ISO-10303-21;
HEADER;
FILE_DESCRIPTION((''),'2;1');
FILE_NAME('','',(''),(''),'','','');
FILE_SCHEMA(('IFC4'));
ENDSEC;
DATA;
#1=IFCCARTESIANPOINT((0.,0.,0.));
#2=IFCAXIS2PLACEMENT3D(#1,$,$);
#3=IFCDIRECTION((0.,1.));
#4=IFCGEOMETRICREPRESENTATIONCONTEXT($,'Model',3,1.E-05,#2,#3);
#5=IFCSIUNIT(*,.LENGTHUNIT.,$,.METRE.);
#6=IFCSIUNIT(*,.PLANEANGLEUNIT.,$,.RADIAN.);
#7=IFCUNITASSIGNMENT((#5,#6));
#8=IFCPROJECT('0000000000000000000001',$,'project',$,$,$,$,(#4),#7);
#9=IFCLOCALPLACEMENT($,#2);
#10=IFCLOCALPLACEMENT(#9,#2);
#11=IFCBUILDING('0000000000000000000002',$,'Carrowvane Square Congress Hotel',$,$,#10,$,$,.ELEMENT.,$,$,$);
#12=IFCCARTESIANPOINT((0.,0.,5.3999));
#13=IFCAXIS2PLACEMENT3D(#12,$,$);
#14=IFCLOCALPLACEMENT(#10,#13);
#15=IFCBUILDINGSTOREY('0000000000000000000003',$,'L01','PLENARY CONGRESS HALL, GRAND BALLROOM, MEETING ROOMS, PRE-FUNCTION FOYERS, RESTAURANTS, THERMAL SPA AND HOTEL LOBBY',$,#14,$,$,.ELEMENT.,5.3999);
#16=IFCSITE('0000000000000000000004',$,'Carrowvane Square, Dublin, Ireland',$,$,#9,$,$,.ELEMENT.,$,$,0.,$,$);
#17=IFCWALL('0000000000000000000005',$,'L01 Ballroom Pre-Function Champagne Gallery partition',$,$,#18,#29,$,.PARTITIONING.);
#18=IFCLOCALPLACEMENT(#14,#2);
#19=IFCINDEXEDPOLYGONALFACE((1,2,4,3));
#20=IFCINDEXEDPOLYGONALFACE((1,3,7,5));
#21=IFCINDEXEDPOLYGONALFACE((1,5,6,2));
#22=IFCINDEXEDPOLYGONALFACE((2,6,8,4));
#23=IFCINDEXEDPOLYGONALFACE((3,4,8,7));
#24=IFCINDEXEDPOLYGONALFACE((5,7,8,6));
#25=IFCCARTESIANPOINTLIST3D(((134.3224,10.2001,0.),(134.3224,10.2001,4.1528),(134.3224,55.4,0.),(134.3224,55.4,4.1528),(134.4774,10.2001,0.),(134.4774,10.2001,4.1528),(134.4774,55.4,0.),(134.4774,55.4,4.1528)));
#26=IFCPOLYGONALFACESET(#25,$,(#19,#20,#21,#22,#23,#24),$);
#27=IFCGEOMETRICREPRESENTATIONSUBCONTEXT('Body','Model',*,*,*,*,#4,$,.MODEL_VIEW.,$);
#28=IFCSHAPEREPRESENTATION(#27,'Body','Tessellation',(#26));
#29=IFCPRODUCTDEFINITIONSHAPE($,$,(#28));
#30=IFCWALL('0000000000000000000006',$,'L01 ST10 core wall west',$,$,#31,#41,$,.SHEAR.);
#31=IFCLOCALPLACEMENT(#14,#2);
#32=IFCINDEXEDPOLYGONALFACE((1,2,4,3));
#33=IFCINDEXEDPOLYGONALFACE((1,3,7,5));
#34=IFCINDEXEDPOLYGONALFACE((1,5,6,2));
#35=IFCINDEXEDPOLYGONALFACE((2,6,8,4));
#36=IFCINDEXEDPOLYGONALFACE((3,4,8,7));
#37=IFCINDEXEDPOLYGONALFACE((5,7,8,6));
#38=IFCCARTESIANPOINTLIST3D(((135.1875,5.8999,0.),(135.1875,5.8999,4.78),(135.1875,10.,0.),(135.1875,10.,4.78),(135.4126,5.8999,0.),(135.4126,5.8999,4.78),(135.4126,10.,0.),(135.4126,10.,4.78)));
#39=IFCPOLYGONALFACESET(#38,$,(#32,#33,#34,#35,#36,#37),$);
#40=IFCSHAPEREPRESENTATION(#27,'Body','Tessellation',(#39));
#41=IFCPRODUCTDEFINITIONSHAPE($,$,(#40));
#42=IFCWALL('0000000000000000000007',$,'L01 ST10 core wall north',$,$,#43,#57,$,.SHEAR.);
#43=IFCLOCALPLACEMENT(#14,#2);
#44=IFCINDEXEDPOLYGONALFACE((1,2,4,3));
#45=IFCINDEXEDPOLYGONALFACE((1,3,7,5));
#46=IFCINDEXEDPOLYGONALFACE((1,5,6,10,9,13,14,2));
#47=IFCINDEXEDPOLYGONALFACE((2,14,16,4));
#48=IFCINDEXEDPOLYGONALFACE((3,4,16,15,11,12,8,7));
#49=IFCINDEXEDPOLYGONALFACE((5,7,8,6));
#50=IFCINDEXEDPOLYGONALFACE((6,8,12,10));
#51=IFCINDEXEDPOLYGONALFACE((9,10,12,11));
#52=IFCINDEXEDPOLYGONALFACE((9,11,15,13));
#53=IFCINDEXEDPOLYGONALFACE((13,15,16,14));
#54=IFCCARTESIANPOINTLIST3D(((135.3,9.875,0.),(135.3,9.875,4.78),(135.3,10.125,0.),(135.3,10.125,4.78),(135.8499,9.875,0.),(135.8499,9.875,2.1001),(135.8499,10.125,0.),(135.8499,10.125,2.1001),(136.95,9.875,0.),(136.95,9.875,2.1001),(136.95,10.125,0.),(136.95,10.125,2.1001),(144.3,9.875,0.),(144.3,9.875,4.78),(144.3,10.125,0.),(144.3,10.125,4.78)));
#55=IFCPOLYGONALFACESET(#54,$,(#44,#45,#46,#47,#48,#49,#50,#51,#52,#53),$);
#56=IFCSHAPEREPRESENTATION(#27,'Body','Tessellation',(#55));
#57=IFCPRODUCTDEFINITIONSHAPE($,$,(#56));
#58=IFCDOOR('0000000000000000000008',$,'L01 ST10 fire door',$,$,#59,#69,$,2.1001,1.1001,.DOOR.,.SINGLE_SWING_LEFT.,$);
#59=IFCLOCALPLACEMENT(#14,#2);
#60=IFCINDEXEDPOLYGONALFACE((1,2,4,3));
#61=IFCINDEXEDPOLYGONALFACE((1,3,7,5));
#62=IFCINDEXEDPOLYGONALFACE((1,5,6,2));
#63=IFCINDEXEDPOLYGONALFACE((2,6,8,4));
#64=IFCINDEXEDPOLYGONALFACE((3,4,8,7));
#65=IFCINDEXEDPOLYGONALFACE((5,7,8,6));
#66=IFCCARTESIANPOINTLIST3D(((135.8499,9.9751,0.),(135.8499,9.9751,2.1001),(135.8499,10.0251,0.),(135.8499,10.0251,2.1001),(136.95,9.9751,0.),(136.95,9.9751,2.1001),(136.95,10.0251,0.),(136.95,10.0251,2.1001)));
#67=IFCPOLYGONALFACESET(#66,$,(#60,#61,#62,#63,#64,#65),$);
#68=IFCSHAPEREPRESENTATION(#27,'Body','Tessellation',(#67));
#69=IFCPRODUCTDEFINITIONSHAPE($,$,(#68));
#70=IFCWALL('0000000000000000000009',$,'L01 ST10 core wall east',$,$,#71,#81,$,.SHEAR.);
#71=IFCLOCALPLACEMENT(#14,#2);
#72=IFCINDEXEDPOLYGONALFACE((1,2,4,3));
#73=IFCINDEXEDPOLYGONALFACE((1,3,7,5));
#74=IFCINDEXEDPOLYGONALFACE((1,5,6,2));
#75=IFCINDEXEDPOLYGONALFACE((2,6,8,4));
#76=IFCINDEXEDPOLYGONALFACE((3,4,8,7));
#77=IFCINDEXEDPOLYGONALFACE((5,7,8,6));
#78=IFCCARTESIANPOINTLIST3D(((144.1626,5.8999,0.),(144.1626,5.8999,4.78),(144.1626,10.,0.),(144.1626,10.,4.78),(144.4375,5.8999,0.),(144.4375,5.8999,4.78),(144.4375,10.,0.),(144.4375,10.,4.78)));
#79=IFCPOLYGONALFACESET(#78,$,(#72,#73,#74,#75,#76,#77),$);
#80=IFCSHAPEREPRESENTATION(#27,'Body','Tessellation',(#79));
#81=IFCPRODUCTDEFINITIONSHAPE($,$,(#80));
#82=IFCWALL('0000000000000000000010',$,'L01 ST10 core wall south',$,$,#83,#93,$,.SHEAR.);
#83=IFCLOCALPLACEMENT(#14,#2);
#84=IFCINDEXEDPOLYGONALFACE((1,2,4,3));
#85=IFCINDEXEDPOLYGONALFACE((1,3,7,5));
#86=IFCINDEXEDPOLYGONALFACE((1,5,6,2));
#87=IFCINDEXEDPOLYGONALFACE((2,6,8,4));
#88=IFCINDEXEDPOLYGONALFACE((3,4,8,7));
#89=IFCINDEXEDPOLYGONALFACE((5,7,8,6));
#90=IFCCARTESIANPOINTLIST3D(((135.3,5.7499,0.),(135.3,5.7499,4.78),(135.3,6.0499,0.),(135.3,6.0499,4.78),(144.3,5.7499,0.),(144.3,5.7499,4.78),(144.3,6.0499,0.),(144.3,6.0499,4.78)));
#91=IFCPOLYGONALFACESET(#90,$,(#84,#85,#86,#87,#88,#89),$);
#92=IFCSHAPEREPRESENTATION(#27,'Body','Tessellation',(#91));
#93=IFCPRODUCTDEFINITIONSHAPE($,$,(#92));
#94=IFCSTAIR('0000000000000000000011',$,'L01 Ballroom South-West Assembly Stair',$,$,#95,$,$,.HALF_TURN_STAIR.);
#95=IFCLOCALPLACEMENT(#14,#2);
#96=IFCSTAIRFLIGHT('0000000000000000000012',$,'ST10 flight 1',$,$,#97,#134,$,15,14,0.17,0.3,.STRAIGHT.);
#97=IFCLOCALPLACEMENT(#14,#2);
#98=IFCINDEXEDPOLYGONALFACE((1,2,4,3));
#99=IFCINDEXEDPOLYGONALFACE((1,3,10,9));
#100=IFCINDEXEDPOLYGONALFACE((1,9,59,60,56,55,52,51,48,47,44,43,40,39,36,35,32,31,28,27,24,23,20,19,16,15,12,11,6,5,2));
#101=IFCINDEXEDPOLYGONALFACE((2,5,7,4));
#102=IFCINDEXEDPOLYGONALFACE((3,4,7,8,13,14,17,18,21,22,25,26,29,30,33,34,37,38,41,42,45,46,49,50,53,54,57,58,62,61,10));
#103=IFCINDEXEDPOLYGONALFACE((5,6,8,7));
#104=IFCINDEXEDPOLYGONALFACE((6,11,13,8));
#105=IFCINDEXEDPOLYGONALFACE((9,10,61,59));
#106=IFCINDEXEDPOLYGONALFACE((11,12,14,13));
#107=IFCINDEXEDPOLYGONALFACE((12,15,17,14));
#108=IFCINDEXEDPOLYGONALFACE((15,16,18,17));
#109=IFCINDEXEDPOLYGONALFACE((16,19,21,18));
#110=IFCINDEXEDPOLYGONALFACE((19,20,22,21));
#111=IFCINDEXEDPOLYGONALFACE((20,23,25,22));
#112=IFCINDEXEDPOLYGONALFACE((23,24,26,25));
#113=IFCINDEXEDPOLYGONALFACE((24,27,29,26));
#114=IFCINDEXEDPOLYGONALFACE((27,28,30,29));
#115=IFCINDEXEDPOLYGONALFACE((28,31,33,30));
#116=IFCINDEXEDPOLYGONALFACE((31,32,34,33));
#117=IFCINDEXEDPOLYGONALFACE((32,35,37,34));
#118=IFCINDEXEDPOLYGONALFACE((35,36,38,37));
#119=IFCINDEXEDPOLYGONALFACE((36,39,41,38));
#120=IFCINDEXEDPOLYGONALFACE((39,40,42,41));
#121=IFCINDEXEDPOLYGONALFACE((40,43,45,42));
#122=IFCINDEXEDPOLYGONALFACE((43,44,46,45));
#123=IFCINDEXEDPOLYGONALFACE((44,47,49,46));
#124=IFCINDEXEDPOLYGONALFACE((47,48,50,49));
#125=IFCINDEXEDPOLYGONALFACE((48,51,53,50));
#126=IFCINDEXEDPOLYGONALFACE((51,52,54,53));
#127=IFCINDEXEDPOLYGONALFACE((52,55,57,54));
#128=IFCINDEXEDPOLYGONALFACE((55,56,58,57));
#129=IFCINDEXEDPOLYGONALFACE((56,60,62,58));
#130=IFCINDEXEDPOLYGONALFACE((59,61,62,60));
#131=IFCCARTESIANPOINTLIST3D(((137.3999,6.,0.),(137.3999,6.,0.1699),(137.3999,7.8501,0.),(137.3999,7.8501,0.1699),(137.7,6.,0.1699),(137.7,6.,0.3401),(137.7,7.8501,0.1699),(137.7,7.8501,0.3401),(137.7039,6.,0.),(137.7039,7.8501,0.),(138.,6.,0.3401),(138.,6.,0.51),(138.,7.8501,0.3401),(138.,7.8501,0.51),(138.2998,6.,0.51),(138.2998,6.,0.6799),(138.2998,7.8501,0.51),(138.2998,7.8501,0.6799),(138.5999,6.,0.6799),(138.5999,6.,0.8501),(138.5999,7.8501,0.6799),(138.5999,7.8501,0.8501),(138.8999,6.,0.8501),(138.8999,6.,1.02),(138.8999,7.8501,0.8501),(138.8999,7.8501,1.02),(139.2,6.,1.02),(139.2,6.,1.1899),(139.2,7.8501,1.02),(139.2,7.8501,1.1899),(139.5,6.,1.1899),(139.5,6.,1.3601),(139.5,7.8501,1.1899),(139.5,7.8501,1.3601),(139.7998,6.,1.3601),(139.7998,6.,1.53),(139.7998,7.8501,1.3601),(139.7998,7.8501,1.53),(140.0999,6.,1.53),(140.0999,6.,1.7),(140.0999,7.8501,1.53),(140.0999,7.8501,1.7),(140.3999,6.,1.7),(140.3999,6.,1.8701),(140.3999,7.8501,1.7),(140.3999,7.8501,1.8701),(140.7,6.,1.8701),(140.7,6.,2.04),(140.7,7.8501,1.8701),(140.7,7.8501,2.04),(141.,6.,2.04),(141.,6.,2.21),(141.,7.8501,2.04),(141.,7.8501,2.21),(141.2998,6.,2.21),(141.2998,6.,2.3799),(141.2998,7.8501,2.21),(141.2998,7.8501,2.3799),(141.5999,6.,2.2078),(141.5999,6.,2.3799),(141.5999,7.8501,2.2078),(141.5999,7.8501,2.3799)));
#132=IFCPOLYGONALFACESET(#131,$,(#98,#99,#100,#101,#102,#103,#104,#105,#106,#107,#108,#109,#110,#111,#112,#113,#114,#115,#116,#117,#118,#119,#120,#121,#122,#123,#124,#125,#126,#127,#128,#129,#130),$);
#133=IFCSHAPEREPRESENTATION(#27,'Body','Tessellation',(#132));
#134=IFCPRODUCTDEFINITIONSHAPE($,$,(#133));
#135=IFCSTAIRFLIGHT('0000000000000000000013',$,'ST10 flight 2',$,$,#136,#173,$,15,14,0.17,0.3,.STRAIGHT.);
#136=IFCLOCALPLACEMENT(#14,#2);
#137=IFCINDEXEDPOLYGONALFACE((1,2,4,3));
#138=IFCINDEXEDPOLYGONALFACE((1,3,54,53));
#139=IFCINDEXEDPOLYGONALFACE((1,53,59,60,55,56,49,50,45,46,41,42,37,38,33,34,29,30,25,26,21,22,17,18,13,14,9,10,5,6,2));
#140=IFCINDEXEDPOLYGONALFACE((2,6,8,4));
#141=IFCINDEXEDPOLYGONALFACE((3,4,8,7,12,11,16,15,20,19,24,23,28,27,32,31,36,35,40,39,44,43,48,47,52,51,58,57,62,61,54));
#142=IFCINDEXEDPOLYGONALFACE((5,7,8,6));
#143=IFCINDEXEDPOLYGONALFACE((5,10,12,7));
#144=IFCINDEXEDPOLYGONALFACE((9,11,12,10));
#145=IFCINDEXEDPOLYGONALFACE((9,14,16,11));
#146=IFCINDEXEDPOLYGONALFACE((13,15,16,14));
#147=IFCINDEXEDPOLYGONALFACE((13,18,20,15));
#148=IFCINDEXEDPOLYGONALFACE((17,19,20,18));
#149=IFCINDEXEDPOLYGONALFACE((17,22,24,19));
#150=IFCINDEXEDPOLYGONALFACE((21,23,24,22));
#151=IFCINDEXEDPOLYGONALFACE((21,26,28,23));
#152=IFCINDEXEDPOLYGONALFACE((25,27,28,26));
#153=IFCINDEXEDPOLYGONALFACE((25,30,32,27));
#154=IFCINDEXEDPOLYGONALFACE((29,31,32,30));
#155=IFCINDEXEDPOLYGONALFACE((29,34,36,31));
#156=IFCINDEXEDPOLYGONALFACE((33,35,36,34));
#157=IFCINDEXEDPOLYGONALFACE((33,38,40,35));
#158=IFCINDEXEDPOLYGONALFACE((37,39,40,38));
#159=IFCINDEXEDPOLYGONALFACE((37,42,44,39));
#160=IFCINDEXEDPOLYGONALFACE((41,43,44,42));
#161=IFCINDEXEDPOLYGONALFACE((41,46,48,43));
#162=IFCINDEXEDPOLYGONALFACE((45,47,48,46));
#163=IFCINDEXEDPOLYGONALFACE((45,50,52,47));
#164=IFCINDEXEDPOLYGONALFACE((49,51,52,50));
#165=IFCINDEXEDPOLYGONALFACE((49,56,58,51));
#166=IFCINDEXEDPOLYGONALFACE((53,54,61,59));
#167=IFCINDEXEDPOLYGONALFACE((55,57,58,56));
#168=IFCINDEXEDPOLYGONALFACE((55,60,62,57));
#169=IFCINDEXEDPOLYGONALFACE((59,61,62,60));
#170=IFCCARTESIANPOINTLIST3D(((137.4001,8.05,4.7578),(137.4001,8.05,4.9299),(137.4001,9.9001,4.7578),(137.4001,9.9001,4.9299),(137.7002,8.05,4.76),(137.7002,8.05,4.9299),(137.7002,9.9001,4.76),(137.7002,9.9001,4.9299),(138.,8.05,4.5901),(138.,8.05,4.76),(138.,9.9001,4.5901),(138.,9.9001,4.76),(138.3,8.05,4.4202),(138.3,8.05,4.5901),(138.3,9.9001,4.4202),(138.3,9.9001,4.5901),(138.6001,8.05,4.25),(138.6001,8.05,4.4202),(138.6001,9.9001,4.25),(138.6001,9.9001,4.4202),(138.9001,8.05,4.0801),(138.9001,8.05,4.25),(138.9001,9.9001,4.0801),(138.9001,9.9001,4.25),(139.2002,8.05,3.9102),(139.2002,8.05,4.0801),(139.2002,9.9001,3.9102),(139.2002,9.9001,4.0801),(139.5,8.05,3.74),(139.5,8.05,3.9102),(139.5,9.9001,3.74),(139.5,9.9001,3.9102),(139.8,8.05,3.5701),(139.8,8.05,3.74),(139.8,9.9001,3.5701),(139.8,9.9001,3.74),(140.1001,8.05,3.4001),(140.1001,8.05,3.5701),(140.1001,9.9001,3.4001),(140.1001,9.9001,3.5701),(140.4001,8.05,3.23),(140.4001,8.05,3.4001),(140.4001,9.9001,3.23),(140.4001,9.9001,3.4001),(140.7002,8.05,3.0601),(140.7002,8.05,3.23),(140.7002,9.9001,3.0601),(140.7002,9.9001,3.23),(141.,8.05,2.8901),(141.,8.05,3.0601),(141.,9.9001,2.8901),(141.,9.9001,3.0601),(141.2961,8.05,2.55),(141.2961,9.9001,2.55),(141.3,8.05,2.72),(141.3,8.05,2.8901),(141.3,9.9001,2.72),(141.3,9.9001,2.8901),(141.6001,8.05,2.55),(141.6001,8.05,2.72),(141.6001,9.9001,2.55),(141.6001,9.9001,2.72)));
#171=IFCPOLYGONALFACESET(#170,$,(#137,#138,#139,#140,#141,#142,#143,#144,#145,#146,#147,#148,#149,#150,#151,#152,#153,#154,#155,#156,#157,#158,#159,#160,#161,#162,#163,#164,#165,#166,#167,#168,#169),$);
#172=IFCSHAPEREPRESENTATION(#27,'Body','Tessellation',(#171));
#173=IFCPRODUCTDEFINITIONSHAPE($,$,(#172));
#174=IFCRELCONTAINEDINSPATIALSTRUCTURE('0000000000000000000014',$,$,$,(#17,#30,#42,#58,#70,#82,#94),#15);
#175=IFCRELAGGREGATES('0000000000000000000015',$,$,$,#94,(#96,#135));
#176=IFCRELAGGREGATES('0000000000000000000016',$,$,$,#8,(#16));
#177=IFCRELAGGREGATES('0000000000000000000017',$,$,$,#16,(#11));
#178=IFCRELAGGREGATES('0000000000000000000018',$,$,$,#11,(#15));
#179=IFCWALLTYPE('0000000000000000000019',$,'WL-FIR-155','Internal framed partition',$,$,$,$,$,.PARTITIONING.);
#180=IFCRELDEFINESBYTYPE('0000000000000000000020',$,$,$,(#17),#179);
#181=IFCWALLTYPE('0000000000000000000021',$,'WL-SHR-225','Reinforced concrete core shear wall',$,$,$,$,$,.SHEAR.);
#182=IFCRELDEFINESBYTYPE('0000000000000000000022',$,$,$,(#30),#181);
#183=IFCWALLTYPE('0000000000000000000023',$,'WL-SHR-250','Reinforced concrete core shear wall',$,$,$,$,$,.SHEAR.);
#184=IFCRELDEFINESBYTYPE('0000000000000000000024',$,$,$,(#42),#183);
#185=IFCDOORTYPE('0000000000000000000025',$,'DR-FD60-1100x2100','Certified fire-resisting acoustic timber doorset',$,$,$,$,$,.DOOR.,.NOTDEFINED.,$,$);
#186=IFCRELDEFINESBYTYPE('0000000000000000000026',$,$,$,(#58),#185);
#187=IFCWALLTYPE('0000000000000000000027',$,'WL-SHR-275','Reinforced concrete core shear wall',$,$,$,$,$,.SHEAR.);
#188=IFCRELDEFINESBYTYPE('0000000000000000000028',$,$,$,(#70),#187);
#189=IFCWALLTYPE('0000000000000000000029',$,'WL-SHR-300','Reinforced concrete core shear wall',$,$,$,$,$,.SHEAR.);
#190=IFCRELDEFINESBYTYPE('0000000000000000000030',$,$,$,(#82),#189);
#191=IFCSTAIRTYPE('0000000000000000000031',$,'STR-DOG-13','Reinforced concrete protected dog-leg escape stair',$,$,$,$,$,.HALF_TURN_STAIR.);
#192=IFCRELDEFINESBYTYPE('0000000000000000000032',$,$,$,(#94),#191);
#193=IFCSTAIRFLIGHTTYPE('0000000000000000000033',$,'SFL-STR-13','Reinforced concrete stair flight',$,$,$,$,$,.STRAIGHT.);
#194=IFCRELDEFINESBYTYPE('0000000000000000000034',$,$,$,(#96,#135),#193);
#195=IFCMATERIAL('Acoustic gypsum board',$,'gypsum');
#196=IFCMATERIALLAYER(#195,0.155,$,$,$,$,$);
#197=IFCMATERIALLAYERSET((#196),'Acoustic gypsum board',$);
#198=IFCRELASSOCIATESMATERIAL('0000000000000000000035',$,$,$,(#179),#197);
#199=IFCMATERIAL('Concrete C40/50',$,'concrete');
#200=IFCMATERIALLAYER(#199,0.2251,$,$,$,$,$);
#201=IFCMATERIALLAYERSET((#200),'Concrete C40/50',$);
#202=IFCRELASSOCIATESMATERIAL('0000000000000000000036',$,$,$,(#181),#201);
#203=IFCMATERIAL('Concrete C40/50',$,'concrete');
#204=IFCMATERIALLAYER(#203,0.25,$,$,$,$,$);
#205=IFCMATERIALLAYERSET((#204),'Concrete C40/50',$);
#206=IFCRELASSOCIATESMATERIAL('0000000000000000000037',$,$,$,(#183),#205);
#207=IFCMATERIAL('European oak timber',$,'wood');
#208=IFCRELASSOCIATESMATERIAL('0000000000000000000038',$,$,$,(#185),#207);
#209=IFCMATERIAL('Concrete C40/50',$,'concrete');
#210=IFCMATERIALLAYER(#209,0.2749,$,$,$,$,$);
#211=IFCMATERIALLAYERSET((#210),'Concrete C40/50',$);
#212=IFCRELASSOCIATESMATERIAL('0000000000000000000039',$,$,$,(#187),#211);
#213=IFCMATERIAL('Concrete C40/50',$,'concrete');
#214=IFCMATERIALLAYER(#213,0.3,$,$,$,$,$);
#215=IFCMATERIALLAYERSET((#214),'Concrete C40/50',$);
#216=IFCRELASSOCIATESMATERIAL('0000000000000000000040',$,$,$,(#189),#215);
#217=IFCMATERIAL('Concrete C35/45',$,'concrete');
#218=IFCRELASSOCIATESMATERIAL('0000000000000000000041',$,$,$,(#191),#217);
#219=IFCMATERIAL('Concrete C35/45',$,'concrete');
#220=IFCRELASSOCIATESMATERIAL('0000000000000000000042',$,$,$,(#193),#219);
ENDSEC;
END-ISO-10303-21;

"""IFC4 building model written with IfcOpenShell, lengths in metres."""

from ifc_helpers import new_model, si_unit, direction, frame, frame_2d, origin, place, context, subcontext, project, spatial, polyline, rectangle, outline, extrude, material, layer, layer_set, type_object, element, fill, aggregate, save


model = new_model("IFC4")

# Units and contexts
model_context = context("Model", 3, precision=1e-05, world=origin(), true_north=direction((0.0, 1.0)))
body_context = subcontext(model_context, "Body", "Model", "MODEL_VIEW")
ifc_project = project(units=[si_unit("LENGTHUNIT", "METRE"), si_unit("PLANEANGLEUNIT", "RADIAN")], contexts=[model_context])

# Site, building, storey
site_placement = place(None, origin())
site = spatial("IfcSite", under=ifc_project, at=site_placement, Name="Carrowvane Square, Dublin, Ireland", CompositionType="ELEMENT", RefElevation=0.0)
building_placement = place(site_placement, origin())
building = spatial("IfcBuilding", under=site, at=building_placement, Name="Carrowvane Square Congress Hotel", CompositionType="ELEMENT")
storey_placement = place(building_placement, frame((0.0, 0.0, 5.3999)))
storey = spatial("IfcBuildingStorey", under=building, at=storey_placement, Name="L01", Description="PLENARY CONGRESS HALL, GRAND BALLROOM, MEETING ROOMS, PRE-FUNCTION FOYERS, RESTAURANTS, THERMAL SPA AND HOTEL LOBBY", CompositionType="ELEMENT", Elevation=5.3999)

# Walls
ifc_material_1 = material(Name="Acoustic gypsum board", Category="gypsum")
ifc_layer_1 = layer(ifc_material_1, 0.155)
ifc_layer_set_1 = layer_set([ifc_layer_1], Name="Acoustic gypsum board")
wall_type_1 = type_object("IfcWallType", Name="WL-FIR-155", Description="Internal framed partition", PredefinedType="PARTITIONING", material=ifc_layer_set_1)
wall_1_placement = place(storey_placement, frame((134.3999, 10.2, 0.0), z_axis=(0.0, 0.0, 1.0), x_axis=(0.0, 1.0, 0.0)))
element("IfcWall", 1, at=wall_1_placement, inside=storey, type_object=wall_type_1, Name="L01 Ballroom Pre-Function Champagne Gallery partition", PredefinedType="PARTITIONING", context=body_context, shape_type="SweptSolid", body=[
    extrude(rectangle(XDim=45.2, YDim=0.155, at=frame_2d((22.6001, 0.0))), origin(), (0.0, 0.0, 1.0), 4.1528),
])
ifc_material_2 = material(Name="Concrete C40/50", Category="concrete")
ifc_layer_2 = layer(ifc_material_2, 0.2251)
ifc_layer_set_2 = layer_set([ifc_layer_2], Name="Concrete C40/50")
wall_type_2 = type_object("IfcWallType", Name="WL-SHR-225", Description="Reinforced concrete core shear wall", PredefinedType="SHEAR", material=ifc_layer_set_2)
wall_2_placement = place(storey_placement, frame((135.3, 10.0, 0.0), z_axis=(0.0, 0.0, 1.0), x_axis=(0.0, -1.0, 0.0)))
element("IfcWall", 2, at=wall_2_placement, inside=storey, type_object=wall_type_2, Name="L01 ST10 core wall west", PredefinedType="SHEAR", context=body_context, shape_type="SweptSolid", body=[
    extrude(rectangle(XDim=4.1001, YDim=0.2251, at=frame_2d((2.05, 0.0))), origin(), (0.0, 0.0, 1.0), 4.78),
])

# Wall, opening, door
ifc_material_3 = material(Name="Concrete C40/50", Category="concrete")
ifc_layer_3 = layer(ifc_material_3, 0.25)
ifc_layer_set_3 = layer_set([ifc_layer_3], Name="Concrete C40/50")
wall_type_3 = type_object("IfcWallType", Name="WL-SHR-250", Description="Reinforced concrete core shear wall", PredefinedType="SHEAR", material=ifc_layer_set_3)
wall_3_placement = place(storey_placement, frame((144.3, 10.0, 0.0), z_axis=(0.0, 0.0, 1.0), x_axis=(-1.0, 0.0, 0.0)))
wall_3 = element("IfcWall", 3, at=wall_3_placement, inside=storey, type_object=wall_type_3, Name="L01 ST10 core wall north", PredefinedType="SHEAR", context=body_context, shape_type="SweptSolid", body=[
    extrude(rectangle(XDim=9.0, YDim=0.25, at=frame_2d((4.5, 0.0))), origin(), (0.0, 0.0, 1.0), 4.78),
])
opening_1_placement = place(wall_3_placement, frame((7.3501, 0.0, 0.0)))
opening_1 = element("IfcOpeningElement", 4, at=opening_1_placement, cuts=wall_3, PredefinedType="OPENING", context=body_context, shape_type="SweptSolid", body=[
    extrude(rectangle(XDim=1.1001, YDim=2.1001, at=frame_2d((0.55, 1.05))), frame((0.0, 0.135, 0.0), z_axis=(0.0, -1.0, 0.0), x_axis=(1.0, 0.0, 0.0)), (0.0, 0.0, 1.0), 0.27),
])
ifc_material_4 = material(Name="European oak timber", Category="wood")
door_type = type_object("IfcDoorType", Name="DR-FD60-1100x2100", Description="Certified fire-resisting acoustic timber doorset", OperationType="NOTDEFINED", PredefinedType="DOOR", material=ifc_material_4)
door_placement = place(opening_1_placement, origin())
door = element("IfcDoor", 5, at=door_placement, inside=storey, type_object=door_type, Name="L01 ST10 fire door", OperationType="SINGLE_SWING_LEFT", OverallHeight=2.1001, OverallWidth=1.1001, PredefinedType="DOOR", context=body_context, shape_type="SweptSolid", body=[
    extrude(rectangle(XDim=1.1001, YDim=2.1001, at=frame_2d((0.55, 1.05))), frame((0.0, 0.0249, 0.0), z_axis=(0.0, -1.0, 0.0), x_axis=(1.0, 0.0, 0.0)), (0.0, 0.0, 1.0), 0.05),
])
fill(opening_1, door)

# Walls
ifc_material_5 = material(Name="Concrete C40/50", Category="concrete")
ifc_layer_4 = layer(ifc_material_5, 0.2749)
ifc_layer_set_4 = layer_set([ifc_layer_4], Name="Concrete C40/50")
wall_type_4 = type_object("IfcWallType", Name="WL-SHR-275", Description="Reinforced concrete core shear wall", PredefinedType="SHEAR", material=ifc_layer_set_4)
wall_4_placement = place(storey_placement, frame((144.3, 5.8999, 0.0), z_axis=(0.0, 0.0, 1.0), x_axis=(0.0, 1.0, 0.0)))
element("IfcWall", 6, at=wall_4_placement, inside=storey, type_object=wall_type_4, Name="L01 ST10 core wall east", PredefinedType="SHEAR", context=body_context, shape_type="SweptSolid", body=[
    extrude(rectangle(XDim=4.1001, YDim=0.2749, at=frame_2d((2.05, 0.0))), origin(), (0.0, 0.0, 1.0), 4.78),
])
ifc_material_6 = material(Name="Concrete C40/50", Category="concrete")
ifc_layer_5 = layer(ifc_material_6, 0.3)
ifc_layer_set_5 = layer_set([ifc_layer_5], Name="Concrete C40/50")
wall_type_5 = type_object("IfcWallType", Name="WL-SHR-300", Description="Reinforced concrete core shear wall", PredefinedType="SHEAR", material=ifc_layer_set_5)
wall_5_placement = place(storey_placement, frame((135.3, 5.8999, 0.0), z_axis=(0.0, 0.0, 1.0), x_axis=(1.0, 0.0, 0.0)))
element("IfcWall", 7, at=wall_5_placement, inside=storey, type_object=wall_type_5, Name="L01 ST10 core wall south", PredefinedType="SHEAR", context=body_context, shape_type="SweptSolid", body=[
    extrude(rectangle(XDim=9.0, YDim=0.3, at=frame_2d((4.5, 0.0))), origin(), (0.0, 0.0, 1.0), 4.78),
])

# Stair, stair flights
ifc_material_7 = material(Name="Concrete C35/45", Category="concrete")
stair_type = type_object("IfcStairType", Name="STR-DOG-13", Description="Reinforced concrete protected dog-leg escape stair", PredefinedType="HALF_TURN_STAIR", material=ifc_material_7)
stair_placement = place(storey_placement, origin())
stair = element("IfcStair", 8, at=stair_placement, inside=storey, type_object=stair_type, Name="L01 Ballroom South-West Assembly Stair", PredefinedType="HALF_TURN_STAIR")
ifc_material_8 = material(Name="Concrete C35/45", Category="concrete")
stair_flight_type = type_object("IfcStairFlightType", Name="SFL-STR-13", Description="Reinforced concrete stair flight", PredefinedType="STRAIGHT", material=ifc_material_8)
stair_flight_1_placement = place(storey_placement, frame((137.3999, 6.925, 0.0), z_axis=(0.0, 0.0, 1.0), x_axis=(1.0, 0.0, 0.0)))
stair_flight_1 = element("IfcStairFlight", 9, at=stair_flight_1_placement, type_object=stair_flight_type, Name="ST10 flight 1", NumberOfRisers=15, NumberOfTreads=14, PredefinedType="STRAIGHT", RiserHeight=0.17, TreadLength=0.3, context=body_context, shape_type="SweptSolid", body=[
    extrude(outline(polyline([(0.0, 0.0), (0.0, 0.1699), (0.3, 0.1699), (0.3, 0.3401), (0.6001, 0.3401), (0.6001, 0.51), (0.8999, 0.51), (0.8999, 0.6799), (1.2, 0.6799), (1.2, 0.8501), (1.5, 0.8501), (1.5, 1.02), (1.8, 1.02), (1.8, 1.1899), (2.1001, 1.1899), (2.1001, 1.3601), (2.3999, 1.3601), (2.3999, 1.53), (2.7, 1.53), (2.7, 1.7), (3.0, 1.7), (3.0, 1.8701), (3.3, 1.8701), (3.3, 2.04), (3.6001, 2.04), (3.6001, 2.21), (3.8999, 2.21), (3.8999, 2.3799), (4.2, 2.3799), (4.2, 2.55), (4.2, 2.2078), (0.304, 0.0), (0.0, 0.0)])), frame((0.0, 0.925, 0.0), z_axis=(0.0, -1.0, 0.0), x_axis=(1.0, 0.0, 0.0)), (0.0, 0.0, 1.0), 1.8501),
])
stair_flight_2_placement = place(storey_placement, frame((141.6001, 8.9751, 2.55), z_axis=(0.0, 0.0, 1.0), x_axis=(-1.0, 0.0, 0.0)))
stair_flight_2 = element("IfcStairFlight", 10, at=stair_flight_2_placement, type_object=stair_flight_type, Name="ST10 flight 2", NumberOfRisers=15, NumberOfTreads=14, PredefinedType="STRAIGHT", RiserHeight=0.17, TreadLength=0.3, context=body_context, shape_type="SweptSolid", body=[
    extrude(outline(polyline([(0.0, 0.0), (0.0, 0.1699), (0.3, 0.1699), (0.3, 0.3401), (0.6001, 0.3401), (0.6001, 0.51), (0.8999, 0.51), (0.8999, 0.6799), (1.2, 0.6799), (1.2, 0.8501), (1.5, 0.8501), (1.5, 1.02), (1.8, 1.02), (1.8, 1.1899), (2.1001, 1.1899), (2.1001, 1.3601), (2.3999, 1.3601), (2.3999, 1.53), (2.7, 1.53), (2.7, 1.7), (3.0, 1.7), (3.0, 1.8701), (3.3, 1.8701), (3.3, 2.04), (3.6001, 2.04), (3.6001, 2.21), (3.8999, 2.21), (3.8999, 2.3799), (4.2, 2.3799), (4.2, 2.55), (4.2, 2.2078), (0.304, 0.0), (0.0, 0.0)])), frame((0.0, 0.925, 0.0), z_axis=(0.0, -1.0, 0.0), x_axis=(1.0, 0.0, 0.0)), (0.0, 0.0, 1.0), 1.8501),
])
aggregate(stair, [stair_flight_1, stair_flight_2])

save(model, "model.ifc")
